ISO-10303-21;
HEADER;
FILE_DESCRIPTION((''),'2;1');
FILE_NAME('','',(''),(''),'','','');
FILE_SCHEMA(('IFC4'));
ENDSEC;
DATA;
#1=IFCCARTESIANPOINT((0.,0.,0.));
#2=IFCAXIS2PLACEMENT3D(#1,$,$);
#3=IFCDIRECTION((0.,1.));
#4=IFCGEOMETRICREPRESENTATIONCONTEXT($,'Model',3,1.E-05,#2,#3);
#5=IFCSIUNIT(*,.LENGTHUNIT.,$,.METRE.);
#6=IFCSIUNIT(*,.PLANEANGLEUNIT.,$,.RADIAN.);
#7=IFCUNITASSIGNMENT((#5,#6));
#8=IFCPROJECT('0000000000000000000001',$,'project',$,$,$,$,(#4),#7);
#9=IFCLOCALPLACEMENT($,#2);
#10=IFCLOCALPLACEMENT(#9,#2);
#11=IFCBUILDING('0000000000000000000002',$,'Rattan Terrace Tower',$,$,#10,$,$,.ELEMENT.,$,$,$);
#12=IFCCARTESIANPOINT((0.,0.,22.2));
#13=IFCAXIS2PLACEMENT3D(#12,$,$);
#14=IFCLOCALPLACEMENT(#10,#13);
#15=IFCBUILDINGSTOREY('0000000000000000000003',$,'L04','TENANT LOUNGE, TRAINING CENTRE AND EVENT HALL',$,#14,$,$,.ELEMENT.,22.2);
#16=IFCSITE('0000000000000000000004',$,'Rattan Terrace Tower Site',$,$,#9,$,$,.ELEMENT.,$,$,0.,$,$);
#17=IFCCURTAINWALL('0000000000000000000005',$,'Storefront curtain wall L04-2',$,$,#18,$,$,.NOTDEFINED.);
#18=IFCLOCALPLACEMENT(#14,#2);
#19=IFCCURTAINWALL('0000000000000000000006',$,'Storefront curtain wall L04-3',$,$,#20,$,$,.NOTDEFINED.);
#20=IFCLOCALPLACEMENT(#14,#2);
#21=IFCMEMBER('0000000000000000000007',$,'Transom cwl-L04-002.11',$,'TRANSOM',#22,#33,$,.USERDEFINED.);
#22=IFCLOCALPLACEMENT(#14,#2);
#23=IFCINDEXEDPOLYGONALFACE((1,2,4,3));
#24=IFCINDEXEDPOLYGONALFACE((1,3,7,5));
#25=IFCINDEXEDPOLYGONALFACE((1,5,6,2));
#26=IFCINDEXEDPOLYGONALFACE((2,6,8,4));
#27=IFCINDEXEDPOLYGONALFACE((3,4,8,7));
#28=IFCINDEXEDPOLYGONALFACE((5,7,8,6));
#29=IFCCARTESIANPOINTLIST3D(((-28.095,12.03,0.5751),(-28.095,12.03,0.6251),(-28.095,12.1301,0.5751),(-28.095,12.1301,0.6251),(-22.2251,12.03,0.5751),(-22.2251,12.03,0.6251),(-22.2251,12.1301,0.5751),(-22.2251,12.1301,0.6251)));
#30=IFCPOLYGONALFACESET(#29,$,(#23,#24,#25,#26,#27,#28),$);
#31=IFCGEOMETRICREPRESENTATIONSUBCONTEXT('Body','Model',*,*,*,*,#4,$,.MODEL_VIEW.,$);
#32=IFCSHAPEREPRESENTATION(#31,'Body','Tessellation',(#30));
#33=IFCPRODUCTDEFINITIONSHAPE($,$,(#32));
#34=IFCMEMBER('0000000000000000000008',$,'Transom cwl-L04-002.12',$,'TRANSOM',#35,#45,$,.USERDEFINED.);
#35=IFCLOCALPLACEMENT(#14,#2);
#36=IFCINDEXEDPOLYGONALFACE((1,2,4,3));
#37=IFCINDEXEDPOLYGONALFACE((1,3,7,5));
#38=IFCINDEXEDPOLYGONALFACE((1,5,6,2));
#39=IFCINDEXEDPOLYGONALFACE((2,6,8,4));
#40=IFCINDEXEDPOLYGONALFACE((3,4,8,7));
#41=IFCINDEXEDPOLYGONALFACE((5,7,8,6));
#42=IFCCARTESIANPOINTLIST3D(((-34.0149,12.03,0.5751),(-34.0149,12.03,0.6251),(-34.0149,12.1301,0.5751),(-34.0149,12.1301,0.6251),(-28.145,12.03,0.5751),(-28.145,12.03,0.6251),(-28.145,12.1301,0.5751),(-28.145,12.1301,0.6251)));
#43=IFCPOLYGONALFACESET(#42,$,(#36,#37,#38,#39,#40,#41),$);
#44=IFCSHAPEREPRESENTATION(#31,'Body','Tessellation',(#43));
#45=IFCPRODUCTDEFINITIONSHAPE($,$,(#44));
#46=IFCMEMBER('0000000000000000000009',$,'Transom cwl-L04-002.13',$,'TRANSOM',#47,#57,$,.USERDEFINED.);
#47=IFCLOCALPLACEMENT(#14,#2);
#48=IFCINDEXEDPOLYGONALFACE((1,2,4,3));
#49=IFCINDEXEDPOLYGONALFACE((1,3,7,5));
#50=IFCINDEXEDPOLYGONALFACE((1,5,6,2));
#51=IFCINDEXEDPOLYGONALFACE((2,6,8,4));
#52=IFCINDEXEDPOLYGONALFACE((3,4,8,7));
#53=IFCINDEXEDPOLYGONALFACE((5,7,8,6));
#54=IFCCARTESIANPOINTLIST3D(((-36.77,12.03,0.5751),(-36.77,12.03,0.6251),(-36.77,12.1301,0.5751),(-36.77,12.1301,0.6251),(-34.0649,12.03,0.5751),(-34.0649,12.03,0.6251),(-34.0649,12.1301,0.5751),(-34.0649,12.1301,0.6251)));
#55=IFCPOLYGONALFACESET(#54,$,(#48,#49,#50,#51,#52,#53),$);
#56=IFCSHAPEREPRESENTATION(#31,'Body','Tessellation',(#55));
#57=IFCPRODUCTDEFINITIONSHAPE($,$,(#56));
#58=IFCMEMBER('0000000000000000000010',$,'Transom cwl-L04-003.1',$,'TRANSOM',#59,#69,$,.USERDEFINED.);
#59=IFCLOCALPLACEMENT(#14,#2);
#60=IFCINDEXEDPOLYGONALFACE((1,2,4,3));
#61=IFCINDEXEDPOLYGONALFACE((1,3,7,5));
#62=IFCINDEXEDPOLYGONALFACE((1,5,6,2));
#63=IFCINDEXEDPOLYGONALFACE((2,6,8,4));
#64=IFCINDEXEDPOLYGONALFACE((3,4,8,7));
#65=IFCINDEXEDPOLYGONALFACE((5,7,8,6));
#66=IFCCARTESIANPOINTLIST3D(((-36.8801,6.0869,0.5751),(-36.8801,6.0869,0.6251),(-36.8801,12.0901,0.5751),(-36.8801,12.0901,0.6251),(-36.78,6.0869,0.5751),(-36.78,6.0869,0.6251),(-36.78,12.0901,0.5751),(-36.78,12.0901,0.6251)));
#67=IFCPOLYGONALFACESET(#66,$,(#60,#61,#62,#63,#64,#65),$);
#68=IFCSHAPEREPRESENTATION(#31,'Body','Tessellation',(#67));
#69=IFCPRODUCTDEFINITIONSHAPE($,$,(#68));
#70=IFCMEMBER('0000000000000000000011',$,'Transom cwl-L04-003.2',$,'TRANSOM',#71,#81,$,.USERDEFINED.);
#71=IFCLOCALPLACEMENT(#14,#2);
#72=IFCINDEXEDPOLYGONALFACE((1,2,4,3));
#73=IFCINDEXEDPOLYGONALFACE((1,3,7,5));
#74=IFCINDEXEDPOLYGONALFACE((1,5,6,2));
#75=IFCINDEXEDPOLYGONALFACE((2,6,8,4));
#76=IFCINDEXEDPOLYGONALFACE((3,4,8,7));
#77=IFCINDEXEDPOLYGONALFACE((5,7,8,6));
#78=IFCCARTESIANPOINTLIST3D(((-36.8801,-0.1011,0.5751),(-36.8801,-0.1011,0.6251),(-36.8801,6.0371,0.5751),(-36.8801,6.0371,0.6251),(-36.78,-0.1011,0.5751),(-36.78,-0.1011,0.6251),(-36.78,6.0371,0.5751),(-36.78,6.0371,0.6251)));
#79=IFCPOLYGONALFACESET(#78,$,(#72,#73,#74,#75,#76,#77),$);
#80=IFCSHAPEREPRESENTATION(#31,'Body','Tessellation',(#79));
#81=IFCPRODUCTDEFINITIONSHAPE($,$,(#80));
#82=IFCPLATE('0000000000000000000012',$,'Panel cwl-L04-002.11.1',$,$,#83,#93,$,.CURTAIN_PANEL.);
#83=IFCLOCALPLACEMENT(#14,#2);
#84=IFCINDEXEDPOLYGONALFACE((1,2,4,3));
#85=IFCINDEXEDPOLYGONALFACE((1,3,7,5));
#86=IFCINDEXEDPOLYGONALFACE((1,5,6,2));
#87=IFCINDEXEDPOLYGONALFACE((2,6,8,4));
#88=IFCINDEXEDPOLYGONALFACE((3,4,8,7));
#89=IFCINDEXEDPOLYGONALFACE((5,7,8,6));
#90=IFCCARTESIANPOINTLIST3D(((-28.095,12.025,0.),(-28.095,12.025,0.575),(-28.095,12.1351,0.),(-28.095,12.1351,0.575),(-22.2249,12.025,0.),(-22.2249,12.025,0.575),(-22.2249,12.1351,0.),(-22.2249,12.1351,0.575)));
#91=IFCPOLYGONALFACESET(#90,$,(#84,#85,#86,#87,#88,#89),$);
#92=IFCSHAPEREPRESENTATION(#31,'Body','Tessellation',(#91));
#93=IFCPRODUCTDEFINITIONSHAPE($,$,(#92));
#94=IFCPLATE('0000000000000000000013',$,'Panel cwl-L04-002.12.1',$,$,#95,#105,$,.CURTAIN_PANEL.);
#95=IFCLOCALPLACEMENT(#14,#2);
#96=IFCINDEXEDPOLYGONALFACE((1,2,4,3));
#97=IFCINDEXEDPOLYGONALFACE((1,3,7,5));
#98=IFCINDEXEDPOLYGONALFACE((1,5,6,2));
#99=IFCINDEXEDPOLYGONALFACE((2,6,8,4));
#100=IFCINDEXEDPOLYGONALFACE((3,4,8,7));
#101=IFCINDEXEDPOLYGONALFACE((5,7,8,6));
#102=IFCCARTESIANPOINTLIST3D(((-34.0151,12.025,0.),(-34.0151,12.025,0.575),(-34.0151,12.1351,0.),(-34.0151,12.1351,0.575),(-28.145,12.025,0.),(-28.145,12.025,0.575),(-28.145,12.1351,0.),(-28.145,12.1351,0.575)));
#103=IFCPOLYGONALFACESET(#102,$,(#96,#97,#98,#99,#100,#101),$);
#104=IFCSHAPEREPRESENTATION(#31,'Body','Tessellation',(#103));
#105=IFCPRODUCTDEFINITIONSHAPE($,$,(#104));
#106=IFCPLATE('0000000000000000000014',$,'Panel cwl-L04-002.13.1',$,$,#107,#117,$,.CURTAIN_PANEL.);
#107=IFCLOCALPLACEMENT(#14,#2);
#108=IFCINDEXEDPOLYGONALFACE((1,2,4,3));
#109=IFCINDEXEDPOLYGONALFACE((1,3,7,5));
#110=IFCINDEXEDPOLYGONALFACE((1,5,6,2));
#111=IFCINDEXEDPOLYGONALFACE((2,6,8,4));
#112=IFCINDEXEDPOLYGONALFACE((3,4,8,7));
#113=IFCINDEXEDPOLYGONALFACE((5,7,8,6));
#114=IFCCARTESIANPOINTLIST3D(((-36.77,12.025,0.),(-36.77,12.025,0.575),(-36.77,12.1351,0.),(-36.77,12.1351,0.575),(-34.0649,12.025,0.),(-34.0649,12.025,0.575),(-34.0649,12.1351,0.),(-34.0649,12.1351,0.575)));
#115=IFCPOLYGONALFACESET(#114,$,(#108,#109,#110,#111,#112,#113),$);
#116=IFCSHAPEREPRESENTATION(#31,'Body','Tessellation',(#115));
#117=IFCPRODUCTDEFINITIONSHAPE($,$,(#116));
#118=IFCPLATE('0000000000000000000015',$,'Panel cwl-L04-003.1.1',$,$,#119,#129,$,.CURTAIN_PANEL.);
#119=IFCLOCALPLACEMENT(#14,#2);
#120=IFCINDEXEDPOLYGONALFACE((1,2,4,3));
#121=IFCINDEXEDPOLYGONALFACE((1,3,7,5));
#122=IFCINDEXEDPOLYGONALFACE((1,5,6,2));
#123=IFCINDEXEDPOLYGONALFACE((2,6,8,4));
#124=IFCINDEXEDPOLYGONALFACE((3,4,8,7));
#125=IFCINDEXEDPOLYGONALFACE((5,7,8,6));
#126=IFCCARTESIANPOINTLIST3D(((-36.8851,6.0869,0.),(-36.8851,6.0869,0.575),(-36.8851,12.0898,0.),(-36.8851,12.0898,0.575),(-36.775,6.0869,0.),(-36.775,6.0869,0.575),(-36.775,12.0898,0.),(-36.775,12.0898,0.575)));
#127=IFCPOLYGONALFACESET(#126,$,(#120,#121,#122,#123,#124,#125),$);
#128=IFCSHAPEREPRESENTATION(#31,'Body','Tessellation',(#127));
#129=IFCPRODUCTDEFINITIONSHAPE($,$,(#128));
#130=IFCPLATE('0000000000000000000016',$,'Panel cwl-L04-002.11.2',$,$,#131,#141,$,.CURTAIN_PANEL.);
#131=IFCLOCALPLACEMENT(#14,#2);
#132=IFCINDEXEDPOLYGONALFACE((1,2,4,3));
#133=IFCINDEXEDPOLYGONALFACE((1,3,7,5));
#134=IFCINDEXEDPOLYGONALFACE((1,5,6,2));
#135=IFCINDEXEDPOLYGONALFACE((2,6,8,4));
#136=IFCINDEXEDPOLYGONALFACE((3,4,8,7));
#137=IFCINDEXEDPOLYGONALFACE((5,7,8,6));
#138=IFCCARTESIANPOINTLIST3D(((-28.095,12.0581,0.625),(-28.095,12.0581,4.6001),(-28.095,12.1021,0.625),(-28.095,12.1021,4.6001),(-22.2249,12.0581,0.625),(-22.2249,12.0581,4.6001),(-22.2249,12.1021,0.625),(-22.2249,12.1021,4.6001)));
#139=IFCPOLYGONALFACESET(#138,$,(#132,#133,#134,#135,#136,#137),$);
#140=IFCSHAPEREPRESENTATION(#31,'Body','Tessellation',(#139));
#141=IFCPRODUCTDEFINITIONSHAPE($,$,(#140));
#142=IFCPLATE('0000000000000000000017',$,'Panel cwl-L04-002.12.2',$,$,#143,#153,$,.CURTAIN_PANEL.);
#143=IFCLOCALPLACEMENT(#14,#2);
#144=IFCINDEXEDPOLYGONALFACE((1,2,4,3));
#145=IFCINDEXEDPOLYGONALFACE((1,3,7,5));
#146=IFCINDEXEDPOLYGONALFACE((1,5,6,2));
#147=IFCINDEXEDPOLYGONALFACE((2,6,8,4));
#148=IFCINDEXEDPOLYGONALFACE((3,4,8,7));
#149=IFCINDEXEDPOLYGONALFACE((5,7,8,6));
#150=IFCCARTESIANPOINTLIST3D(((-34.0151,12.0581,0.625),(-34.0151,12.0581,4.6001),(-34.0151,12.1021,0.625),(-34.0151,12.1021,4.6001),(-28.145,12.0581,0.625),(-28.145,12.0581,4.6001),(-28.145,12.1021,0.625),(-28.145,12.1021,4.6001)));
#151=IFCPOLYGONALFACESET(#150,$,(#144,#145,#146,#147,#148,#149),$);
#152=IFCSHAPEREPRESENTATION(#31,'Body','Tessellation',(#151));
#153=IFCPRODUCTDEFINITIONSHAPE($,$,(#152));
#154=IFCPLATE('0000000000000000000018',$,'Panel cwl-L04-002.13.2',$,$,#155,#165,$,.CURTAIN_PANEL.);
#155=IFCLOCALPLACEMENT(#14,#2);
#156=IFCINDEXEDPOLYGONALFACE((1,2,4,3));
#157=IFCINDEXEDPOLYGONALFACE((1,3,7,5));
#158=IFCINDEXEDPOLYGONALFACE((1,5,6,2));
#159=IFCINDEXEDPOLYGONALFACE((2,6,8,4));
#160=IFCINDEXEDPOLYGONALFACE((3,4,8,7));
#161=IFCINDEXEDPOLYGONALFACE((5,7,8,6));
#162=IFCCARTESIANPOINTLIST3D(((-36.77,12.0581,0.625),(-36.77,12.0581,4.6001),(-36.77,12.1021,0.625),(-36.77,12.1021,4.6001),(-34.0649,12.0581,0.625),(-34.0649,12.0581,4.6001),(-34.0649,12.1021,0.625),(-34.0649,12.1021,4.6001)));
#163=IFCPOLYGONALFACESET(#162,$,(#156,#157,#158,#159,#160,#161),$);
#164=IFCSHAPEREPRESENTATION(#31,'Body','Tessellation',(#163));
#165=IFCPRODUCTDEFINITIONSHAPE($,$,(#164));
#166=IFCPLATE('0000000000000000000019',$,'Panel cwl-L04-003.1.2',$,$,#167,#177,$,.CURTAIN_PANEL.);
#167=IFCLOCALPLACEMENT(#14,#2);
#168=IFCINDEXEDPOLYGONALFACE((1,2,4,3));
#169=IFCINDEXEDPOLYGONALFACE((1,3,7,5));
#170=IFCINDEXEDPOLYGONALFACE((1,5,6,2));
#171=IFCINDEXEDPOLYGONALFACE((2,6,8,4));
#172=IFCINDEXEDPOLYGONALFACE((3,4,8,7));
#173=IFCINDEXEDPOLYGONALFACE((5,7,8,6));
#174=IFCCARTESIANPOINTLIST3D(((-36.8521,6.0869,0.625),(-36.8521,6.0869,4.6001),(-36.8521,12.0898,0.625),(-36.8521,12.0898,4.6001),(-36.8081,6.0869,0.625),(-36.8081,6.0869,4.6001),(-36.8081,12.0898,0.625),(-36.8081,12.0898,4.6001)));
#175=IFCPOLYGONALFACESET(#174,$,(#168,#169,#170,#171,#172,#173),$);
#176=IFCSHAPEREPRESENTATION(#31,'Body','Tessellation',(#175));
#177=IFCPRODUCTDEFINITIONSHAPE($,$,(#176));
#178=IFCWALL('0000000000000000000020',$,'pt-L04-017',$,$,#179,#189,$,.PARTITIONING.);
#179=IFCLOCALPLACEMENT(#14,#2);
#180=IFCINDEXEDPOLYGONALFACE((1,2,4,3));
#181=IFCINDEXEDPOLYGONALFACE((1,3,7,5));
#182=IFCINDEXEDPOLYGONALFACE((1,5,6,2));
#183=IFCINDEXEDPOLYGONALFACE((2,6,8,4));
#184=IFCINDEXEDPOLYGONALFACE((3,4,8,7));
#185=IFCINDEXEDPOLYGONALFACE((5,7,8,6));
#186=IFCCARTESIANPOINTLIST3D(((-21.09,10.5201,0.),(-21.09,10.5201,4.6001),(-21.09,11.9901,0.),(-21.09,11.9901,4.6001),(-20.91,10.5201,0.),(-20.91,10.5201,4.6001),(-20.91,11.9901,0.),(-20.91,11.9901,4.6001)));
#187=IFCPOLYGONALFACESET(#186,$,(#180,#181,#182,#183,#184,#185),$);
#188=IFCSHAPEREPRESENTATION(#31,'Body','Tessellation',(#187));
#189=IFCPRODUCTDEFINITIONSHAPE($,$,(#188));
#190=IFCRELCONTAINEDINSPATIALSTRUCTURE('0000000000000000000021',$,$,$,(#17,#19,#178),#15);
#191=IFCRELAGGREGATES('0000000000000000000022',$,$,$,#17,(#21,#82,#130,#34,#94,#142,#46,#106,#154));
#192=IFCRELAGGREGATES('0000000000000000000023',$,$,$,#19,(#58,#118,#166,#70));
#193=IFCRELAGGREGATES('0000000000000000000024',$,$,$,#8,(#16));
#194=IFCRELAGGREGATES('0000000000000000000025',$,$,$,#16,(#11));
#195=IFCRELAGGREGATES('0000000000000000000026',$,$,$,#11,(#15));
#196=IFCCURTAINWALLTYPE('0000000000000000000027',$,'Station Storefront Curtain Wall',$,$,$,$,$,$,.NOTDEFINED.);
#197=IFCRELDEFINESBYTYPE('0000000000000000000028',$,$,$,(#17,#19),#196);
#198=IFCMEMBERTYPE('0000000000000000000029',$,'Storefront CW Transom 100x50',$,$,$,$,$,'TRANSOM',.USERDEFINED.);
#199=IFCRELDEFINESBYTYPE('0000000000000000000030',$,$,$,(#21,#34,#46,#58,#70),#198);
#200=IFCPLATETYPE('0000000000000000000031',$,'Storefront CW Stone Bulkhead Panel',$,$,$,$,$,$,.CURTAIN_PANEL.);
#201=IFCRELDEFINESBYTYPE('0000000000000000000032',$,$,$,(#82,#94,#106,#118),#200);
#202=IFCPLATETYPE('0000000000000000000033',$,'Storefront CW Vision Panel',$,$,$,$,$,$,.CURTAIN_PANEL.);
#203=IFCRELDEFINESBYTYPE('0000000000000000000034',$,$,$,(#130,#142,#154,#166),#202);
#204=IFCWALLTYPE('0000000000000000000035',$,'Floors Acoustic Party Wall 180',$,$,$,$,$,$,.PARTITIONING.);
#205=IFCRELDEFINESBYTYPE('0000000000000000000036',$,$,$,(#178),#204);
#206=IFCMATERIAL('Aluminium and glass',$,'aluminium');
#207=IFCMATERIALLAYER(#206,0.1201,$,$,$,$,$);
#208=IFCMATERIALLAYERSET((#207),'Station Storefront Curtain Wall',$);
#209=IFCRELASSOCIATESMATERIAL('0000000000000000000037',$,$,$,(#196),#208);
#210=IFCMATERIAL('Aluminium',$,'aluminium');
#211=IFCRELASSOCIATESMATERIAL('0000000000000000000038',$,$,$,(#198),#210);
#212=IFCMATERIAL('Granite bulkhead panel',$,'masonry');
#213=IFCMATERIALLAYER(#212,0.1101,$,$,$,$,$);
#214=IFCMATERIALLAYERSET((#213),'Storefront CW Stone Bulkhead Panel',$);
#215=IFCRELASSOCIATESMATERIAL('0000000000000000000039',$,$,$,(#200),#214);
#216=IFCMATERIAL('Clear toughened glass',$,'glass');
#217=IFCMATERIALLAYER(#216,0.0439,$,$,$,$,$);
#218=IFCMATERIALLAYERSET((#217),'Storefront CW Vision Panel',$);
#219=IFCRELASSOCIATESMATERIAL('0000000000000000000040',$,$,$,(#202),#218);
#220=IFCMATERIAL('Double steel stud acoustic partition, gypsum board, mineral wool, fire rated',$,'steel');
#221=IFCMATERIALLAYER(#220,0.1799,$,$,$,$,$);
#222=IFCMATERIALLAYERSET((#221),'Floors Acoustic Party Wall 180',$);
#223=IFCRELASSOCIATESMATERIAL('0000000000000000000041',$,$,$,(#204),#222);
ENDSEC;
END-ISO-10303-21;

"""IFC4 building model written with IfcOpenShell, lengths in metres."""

from ifc_helpers import new_model, si_unit, direction, frame, frame_2d, origin, origin_2d, place, context, subcontext, project, spatial, rectangle, extrude, material, layer, layer_set, material_profile, profile_set, type_object, element, aggregate, save


model = new_model("IFC4")

# Units and contexts
model_context = context("Model", 3, precision=1e-05, world=origin(), true_north=direction((0.0, 1.0)))
body_context = subcontext(model_context, "Body", "Model", "MODEL_VIEW")
ifc_project = project(units=[si_unit("LENGTHUNIT", "METRE"), si_unit("PLANEANGLEUNIT", "RADIAN")], contexts=[model_context])

# Site, building, storey
site_placement = place(None, origin())
site = spatial("IfcSite", under=ifc_project, at=site_placement, Name="Rattan Terrace Tower Site", CompositionType="ELEMENT", RefElevation=0.0)
building_placement = place(site_placement, origin())
building = spatial("IfcBuilding", under=site, at=building_placement, Name="Rattan Terrace Tower", CompositionType="ELEMENT")
storey_placement = place(building_placement, frame((0.0, 0.0, 22.2)))
storey = spatial("IfcBuildingStorey", under=building, at=storey_placement, Name="L04", Description="TENANT LOUNGE, TRAINING CENTRE AND EVENT HALL", CompositionType="ELEMENT", Elevation=22.2)

# Curtain walls
ifc_material_1 = material(Name="Aluminium and glass", Category="aluminium")
ifc_layer_1 = layer(ifc_material_1, 0.1201)
ifc_layer_set_1 = layer_set([ifc_layer_1], Name="Station Storefront Curtain Wall")
curtain_wall_type = type_object("IfcCurtainWallType", Name="Station Storefront Curtain Wall", PredefinedType="NOTDEFINED", material=ifc_layer_set_1)
curtain_wall_1_placement = place(storey_placement, origin())
curtain_wall_1 = element("IfcCurtainWall", 1, at=curtain_wall_1_placement, inside=storey, type_object=curtain_wall_type, Name="Storefront curtain wall L04-2", PredefinedType="NOTDEFINED")
curtain_wall_2_placement = place(storey_placement, origin())
curtain_wall_2 = element("IfcCurtainWall", 2, at=curtain_wall_2_placement, inside=storey, type_object=curtain_wall_type, Name="Storefront curtain wall L04-3", PredefinedType="NOTDEFINED")

# Members
ifc_material_2 = material(Name="Aluminium", Category="aluminium")
ifc_material_profile_1 = material_profile(ifc_material_2, rectangle(XDim=0.1001, YDim=0.05, at=origin_2d()), Name="Aluminium 100x50")
ifc_profile_set_1 = profile_set([ifc_material_profile_1], Name="Aluminium")
member_type_1 = type_object("IfcMemberType", Name="Storefront CW Transom 100x50", ElementType="TRANSOM", PredefinedType="USERDEFINED", material=ifc_profile_set_1)
member_1_placement = place(storey_placement, frame((-22.2251, 12.0801, 0.6001), z_axis=(-1.0, 0.0, 0.0), x_axis=(0.0, -1.0, 0.0)))
member_1 = element("IfcMember", 3, at=member_1_placement, type_object=member_type_1, Name="Transom cwl-L04-002.11", ObjectType="TRANSOM", PredefinedType="USERDEFINED", context=body_context, shape_type="SweptSolid", body=[
    extrude(rectangle(XDim=0.1001, YDim=0.05, at=origin_2d()), origin(), (0.0, 0.0, 1.0), 5.8699),
])
member_2_placement = place(storey_placement, frame((-28.145, 12.0801, 0.6001), z_axis=(-1.0, 0.0, 0.0), x_axis=(0.0, -1.0, 0.0)))
member_2 = element("IfcMember", 4, at=member_2_placement, type_object=member_type_1, Name="Transom cwl-L04-002.12", ObjectType="TRANSOM", PredefinedType="USERDEFINED", context=body_context, shape_type="SweptSolid", body=[
    extrude(rectangle(XDim=0.1001, YDim=0.05, at=origin_2d()), origin(), (0.0, 0.0, 1.0), 5.8699),
])
member_3_placement = place(storey_placement, frame((-34.0649, 12.0801, 0.6001), z_axis=(-1.0, 0.0, 0.0), x_axis=(0.0, -1.0, 0.0)))
member_3 = element("IfcMember", 5, at=member_3_placement, type_object=member_type_1, Name="Transom cwl-L04-002.13", ObjectType="TRANSOM", PredefinedType="USERDEFINED", context=body_context, shape_type="SweptSolid", body=[
    extrude(rectangle(XDim=0.1001, YDim=0.05, at=origin_2d()), origin(), (0.0, 0.0, 1.0), 2.7051),
])
member_4_placement = place(storey_placement, frame((-36.8301, 12.0901, 0.6001), z_axis=(0.0, -1.0, 0.0), x_axis=(1.0, 0.0, 0.0)))
member_4 = element("IfcMember", 6, at=member_4_placement, type_object=member_type_1, Name="Transom cwl-L04-003.1", ObjectType="TRANSOM", PredefinedType="USERDEFINED", context=body_context, shape_type="SweptSolid", body=[
    extrude(rectangle(XDim=0.1001, YDim=0.05, at=origin_2d()), origin(), (0.0, 0.0, 1.0), 6.0032),
])
member_5_placement = place(storey_placement, frame((-36.8301, 6.0371, 0.6001), z_axis=(0.0, -1.0, 0.0), x_axis=(1.0, 0.0, 0.0)))
member_5 = element("IfcMember", 7, at=member_5_placement, type_object=member_type_1, Name="Transom cwl-L04-003.2", ObjectType="TRANSOM", PredefinedType="USERDEFINED", context=body_context, shape_type="SweptSolid", body=[
    extrude(rectangle(XDim=0.1001, YDim=0.05, at=origin_2d()), origin(), (0.0, 0.0, 1.0), 6.1382),
])

# Plates
ifc_material_3 = material(Name="Granite bulkhead panel", Category="masonry")
ifc_layer_2 = layer(ifc_material_3, 0.1101)
ifc_layer_set_2 = layer_set([ifc_layer_2], Name="Storefront CW Stone Bulkhead Panel")
plate_type_1 = type_object("IfcPlateType", Name="Storefront CW Stone Bulkhead Panel", PredefinedType="CURTAIN_PANEL", material=ifc_layer_set_2)
plate_1_placement = place(storey_placement, frame((-25.1599, 12.0801, 0.0), z_axis=(0.0, 0.0, 1.0), x_axis=(-1.0, 0.0, 0.0)))
plate_1 = element("IfcPlate", 8, at=plate_1_placement, type_object=plate_type_1, Name="Panel cwl-L04-002.11.1", PredefinedType="CURTAIN_PANEL", context=body_context, shape_type="SweptSolid", body=[
    extrude(rectangle(XDim=5.8701, YDim=0.1101, at=origin_2d()), origin(), (0.0, 0.0, 1.0), 0.575),
])
plate_2_placement = place(storey_placement, frame((-31.0801, 12.0801, 0.0), z_axis=(0.0, 0.0, 1.0), x_axis=(-1.0, 0.0, 0.0)))
plate_2 = element("IfcPlate", 9, at=plate_2_placement, type_object=plate_type_1, Name="Panel cwl-L04-002.12.1", PredefinedType="CURTAIN_PANEL", context=body_context, shape_type="SweptSolid", body=[
    extrude(rectangle(XDim=5.8701, YDim=0.1101, at=origin_2d()), origin(), (0.0, 0.0, 1.0), 0.575),
])
plate_3_placement = place(storey_placement, frame((-35.4175, 12.0801, 0.0), z_axis=(0.0, 0.0, 1.0), x_axis=(-1.0, 0.0, 0.0)))
plate_3 = element("IfcPlate", 10, at=plate_3_placement, type_object=plate_type_1, Name="Panel cwl-L04-002.13.1", PredefinedType="CURTAIN_PANEL", context=body_context, shape_type="SweptSolid", body=[
    extrude(rectangle(XDim=2.7051, YDim=0.1101, at=origin_2d()), origin(), (0.0, 0.0, 1.0), 0.575),
])
plate_4_placement = place(storey_placement, frame((-36.8301, 9.0884, 0.0), z_axis=(0.0, 0.0, 1.0), x_axis=(0.0, -1.0, 0.0)))
plate_4 = element("IfcPlate", 11, at=plate_4_placement, type_object=plate_type_1, Name="Panel cwl-L04-003.1.1", PredefinedType="CURTAIN_PANEL", context=body_context, shape_type="SweptSolid", body=[
    extrude(rectangle(XDim=6.0029, YDim=0.1101, at=origin_2d()), origin(), (0.0, 0.0, 1.0), 0.575),
])
ifc_material_4 = material(Name="Clear toughened glass", Category="glass")
ifc_layer_3 = layer(ifc_material_4, 0.0439)
ifc_layer_set_3 = layer_set([ifc_layer_3], Name="Storefront CW Vision Panel")
plate_type_2 = type_object("IfcPlateType", Name="Storefront CW Vision Panel", PredefinedType="CURTAIN_PANEL", material=ifc_layer_set_3)
plate_5_placement = place(storey_placement, frame((-25.1599, 12.0801, 0.625), z_axis=(0.0, 0.0, 1.0), x_axis=(-1.0, 0.0, 0.0)))
plate_5 = element("IfcPlate", 12, at=plate_5_placement, type_object=plate_type_2, Name="Panel cwl-L04-002.11.2", PredefinedType="CURTAIN_PANEL", context=body_context, shape_type="SweptSolid", body=[
    extrude(rectangle(XDim=5.8701, YDim=0.0439, at=origin_2d()), origin(), (0.0, 0.0, 1.0), 3.9751),
])
plate_6_placement = place(storey_placement, frame((-31.0801, 12.0801, 0.625), z_axis=(0.0, 0.0, 1.0), x_axis=(-1.0, 0.0, 0.0)))
plate_6 = element("IfcPlate", 13, at=plate_6_placement, type_object=plate_type_2, Name="Panel cwl-L04-002.12.2", PredefinedType="CURTAIN_PANEL", context=body_context, shape_type="SweptSolid", body=[
    extrude(rectangle(XDim=5.8701, YDim=0.0439, at=origin_2d()), origin(), (0.0, 0.0, 1.0), 3.9751),
])
plate_7_placement = place(storey_placement, frame((-35.4175, 12.0801, 0.625), z_axis=(0.0, 0.0, 1.0), x_axis=(-1.0, 0.0, 0.0)))
plate_7 = element("IfcPlate", 14, at=plate_7_placement, type_object=plate_type_2, Name="Panel cwl-L04-002.13.2", PredefinedType="CURTAIN_PANEL", context=body_context, shape_type="SweptSolid", body=[
    extrude(rectangle(XDim=2.7051, YDim=0.0439, at=origin_2d()), origin(), (0.0, 0.0, 1.0), 3.9751),
])
aggregate(curtain_wall_1, [member_1, plate_1, plate_5, member_2, plate_2, plate_6, member_3, plate_3, plate_7])
plate_8_placement = place(storey_placement, frame((-36.8301, 9.0884, 0.625), z_axis=(0.0, 0.0, 1.0), x_axis=(0.0, -1.0, 0.0)))
plate_8 = element("IfcPlate", 15, at=plate_8_placement, type_object=plate_type_2, Name="Panel cwl-L04-003.1.2", PredefinedType="CURTAIN_PANEL", context=body_context, shape_type="SweptSolid", body=[
    extrude(rectangle(XDim=6.0029, YDim=0.0439, at=origin_2d()), origin(), (0.0, 0.0, 1.0), 3.9751),
])
aggregate(curtain_wall_2, [member_4, plate_4, plate_8, member_5])

# Wall
ifc_material_5 = material(Name="Double steel stud acoustic partition, gypsum board, mineral wool, fire rated", Category="steel")
ifc_layer_4 = layer(ifc_material_5, 0.1799)
ifc_layer_set_4 = layer_set([ifc_layer_4], Name="Floors Acoustic Party Wall 180")
wall_type_1 = type_object("IfcWallType", Name="Floors Acoustic Party Wall 180", PredefinedType="PARTITIONING", material=ifc_layer_set_4)
wall_1_placement = place(storey_placement, frame((-21.0, 11.99, 0.0), z_axis=(0.0, 0.0, 1.0), x_axis=(0.0, -1.0, 0.0)))
element("IfcWall", 16, at=wall_1_placement, inside=storey, type_object=wall_type_1, Name="pt-L04-017", PredefinedType="PARTITIONING", context=body_context, shape_type="SweptSolid", body=[
    extrude(rectangle(XDim=1.47, YDim=0.1799, at=frame_2d((0.7349, 0.0))), origin(), (0.0, 0.0, 1.0), 4.6001),
])

save(model, "model.ifc")
